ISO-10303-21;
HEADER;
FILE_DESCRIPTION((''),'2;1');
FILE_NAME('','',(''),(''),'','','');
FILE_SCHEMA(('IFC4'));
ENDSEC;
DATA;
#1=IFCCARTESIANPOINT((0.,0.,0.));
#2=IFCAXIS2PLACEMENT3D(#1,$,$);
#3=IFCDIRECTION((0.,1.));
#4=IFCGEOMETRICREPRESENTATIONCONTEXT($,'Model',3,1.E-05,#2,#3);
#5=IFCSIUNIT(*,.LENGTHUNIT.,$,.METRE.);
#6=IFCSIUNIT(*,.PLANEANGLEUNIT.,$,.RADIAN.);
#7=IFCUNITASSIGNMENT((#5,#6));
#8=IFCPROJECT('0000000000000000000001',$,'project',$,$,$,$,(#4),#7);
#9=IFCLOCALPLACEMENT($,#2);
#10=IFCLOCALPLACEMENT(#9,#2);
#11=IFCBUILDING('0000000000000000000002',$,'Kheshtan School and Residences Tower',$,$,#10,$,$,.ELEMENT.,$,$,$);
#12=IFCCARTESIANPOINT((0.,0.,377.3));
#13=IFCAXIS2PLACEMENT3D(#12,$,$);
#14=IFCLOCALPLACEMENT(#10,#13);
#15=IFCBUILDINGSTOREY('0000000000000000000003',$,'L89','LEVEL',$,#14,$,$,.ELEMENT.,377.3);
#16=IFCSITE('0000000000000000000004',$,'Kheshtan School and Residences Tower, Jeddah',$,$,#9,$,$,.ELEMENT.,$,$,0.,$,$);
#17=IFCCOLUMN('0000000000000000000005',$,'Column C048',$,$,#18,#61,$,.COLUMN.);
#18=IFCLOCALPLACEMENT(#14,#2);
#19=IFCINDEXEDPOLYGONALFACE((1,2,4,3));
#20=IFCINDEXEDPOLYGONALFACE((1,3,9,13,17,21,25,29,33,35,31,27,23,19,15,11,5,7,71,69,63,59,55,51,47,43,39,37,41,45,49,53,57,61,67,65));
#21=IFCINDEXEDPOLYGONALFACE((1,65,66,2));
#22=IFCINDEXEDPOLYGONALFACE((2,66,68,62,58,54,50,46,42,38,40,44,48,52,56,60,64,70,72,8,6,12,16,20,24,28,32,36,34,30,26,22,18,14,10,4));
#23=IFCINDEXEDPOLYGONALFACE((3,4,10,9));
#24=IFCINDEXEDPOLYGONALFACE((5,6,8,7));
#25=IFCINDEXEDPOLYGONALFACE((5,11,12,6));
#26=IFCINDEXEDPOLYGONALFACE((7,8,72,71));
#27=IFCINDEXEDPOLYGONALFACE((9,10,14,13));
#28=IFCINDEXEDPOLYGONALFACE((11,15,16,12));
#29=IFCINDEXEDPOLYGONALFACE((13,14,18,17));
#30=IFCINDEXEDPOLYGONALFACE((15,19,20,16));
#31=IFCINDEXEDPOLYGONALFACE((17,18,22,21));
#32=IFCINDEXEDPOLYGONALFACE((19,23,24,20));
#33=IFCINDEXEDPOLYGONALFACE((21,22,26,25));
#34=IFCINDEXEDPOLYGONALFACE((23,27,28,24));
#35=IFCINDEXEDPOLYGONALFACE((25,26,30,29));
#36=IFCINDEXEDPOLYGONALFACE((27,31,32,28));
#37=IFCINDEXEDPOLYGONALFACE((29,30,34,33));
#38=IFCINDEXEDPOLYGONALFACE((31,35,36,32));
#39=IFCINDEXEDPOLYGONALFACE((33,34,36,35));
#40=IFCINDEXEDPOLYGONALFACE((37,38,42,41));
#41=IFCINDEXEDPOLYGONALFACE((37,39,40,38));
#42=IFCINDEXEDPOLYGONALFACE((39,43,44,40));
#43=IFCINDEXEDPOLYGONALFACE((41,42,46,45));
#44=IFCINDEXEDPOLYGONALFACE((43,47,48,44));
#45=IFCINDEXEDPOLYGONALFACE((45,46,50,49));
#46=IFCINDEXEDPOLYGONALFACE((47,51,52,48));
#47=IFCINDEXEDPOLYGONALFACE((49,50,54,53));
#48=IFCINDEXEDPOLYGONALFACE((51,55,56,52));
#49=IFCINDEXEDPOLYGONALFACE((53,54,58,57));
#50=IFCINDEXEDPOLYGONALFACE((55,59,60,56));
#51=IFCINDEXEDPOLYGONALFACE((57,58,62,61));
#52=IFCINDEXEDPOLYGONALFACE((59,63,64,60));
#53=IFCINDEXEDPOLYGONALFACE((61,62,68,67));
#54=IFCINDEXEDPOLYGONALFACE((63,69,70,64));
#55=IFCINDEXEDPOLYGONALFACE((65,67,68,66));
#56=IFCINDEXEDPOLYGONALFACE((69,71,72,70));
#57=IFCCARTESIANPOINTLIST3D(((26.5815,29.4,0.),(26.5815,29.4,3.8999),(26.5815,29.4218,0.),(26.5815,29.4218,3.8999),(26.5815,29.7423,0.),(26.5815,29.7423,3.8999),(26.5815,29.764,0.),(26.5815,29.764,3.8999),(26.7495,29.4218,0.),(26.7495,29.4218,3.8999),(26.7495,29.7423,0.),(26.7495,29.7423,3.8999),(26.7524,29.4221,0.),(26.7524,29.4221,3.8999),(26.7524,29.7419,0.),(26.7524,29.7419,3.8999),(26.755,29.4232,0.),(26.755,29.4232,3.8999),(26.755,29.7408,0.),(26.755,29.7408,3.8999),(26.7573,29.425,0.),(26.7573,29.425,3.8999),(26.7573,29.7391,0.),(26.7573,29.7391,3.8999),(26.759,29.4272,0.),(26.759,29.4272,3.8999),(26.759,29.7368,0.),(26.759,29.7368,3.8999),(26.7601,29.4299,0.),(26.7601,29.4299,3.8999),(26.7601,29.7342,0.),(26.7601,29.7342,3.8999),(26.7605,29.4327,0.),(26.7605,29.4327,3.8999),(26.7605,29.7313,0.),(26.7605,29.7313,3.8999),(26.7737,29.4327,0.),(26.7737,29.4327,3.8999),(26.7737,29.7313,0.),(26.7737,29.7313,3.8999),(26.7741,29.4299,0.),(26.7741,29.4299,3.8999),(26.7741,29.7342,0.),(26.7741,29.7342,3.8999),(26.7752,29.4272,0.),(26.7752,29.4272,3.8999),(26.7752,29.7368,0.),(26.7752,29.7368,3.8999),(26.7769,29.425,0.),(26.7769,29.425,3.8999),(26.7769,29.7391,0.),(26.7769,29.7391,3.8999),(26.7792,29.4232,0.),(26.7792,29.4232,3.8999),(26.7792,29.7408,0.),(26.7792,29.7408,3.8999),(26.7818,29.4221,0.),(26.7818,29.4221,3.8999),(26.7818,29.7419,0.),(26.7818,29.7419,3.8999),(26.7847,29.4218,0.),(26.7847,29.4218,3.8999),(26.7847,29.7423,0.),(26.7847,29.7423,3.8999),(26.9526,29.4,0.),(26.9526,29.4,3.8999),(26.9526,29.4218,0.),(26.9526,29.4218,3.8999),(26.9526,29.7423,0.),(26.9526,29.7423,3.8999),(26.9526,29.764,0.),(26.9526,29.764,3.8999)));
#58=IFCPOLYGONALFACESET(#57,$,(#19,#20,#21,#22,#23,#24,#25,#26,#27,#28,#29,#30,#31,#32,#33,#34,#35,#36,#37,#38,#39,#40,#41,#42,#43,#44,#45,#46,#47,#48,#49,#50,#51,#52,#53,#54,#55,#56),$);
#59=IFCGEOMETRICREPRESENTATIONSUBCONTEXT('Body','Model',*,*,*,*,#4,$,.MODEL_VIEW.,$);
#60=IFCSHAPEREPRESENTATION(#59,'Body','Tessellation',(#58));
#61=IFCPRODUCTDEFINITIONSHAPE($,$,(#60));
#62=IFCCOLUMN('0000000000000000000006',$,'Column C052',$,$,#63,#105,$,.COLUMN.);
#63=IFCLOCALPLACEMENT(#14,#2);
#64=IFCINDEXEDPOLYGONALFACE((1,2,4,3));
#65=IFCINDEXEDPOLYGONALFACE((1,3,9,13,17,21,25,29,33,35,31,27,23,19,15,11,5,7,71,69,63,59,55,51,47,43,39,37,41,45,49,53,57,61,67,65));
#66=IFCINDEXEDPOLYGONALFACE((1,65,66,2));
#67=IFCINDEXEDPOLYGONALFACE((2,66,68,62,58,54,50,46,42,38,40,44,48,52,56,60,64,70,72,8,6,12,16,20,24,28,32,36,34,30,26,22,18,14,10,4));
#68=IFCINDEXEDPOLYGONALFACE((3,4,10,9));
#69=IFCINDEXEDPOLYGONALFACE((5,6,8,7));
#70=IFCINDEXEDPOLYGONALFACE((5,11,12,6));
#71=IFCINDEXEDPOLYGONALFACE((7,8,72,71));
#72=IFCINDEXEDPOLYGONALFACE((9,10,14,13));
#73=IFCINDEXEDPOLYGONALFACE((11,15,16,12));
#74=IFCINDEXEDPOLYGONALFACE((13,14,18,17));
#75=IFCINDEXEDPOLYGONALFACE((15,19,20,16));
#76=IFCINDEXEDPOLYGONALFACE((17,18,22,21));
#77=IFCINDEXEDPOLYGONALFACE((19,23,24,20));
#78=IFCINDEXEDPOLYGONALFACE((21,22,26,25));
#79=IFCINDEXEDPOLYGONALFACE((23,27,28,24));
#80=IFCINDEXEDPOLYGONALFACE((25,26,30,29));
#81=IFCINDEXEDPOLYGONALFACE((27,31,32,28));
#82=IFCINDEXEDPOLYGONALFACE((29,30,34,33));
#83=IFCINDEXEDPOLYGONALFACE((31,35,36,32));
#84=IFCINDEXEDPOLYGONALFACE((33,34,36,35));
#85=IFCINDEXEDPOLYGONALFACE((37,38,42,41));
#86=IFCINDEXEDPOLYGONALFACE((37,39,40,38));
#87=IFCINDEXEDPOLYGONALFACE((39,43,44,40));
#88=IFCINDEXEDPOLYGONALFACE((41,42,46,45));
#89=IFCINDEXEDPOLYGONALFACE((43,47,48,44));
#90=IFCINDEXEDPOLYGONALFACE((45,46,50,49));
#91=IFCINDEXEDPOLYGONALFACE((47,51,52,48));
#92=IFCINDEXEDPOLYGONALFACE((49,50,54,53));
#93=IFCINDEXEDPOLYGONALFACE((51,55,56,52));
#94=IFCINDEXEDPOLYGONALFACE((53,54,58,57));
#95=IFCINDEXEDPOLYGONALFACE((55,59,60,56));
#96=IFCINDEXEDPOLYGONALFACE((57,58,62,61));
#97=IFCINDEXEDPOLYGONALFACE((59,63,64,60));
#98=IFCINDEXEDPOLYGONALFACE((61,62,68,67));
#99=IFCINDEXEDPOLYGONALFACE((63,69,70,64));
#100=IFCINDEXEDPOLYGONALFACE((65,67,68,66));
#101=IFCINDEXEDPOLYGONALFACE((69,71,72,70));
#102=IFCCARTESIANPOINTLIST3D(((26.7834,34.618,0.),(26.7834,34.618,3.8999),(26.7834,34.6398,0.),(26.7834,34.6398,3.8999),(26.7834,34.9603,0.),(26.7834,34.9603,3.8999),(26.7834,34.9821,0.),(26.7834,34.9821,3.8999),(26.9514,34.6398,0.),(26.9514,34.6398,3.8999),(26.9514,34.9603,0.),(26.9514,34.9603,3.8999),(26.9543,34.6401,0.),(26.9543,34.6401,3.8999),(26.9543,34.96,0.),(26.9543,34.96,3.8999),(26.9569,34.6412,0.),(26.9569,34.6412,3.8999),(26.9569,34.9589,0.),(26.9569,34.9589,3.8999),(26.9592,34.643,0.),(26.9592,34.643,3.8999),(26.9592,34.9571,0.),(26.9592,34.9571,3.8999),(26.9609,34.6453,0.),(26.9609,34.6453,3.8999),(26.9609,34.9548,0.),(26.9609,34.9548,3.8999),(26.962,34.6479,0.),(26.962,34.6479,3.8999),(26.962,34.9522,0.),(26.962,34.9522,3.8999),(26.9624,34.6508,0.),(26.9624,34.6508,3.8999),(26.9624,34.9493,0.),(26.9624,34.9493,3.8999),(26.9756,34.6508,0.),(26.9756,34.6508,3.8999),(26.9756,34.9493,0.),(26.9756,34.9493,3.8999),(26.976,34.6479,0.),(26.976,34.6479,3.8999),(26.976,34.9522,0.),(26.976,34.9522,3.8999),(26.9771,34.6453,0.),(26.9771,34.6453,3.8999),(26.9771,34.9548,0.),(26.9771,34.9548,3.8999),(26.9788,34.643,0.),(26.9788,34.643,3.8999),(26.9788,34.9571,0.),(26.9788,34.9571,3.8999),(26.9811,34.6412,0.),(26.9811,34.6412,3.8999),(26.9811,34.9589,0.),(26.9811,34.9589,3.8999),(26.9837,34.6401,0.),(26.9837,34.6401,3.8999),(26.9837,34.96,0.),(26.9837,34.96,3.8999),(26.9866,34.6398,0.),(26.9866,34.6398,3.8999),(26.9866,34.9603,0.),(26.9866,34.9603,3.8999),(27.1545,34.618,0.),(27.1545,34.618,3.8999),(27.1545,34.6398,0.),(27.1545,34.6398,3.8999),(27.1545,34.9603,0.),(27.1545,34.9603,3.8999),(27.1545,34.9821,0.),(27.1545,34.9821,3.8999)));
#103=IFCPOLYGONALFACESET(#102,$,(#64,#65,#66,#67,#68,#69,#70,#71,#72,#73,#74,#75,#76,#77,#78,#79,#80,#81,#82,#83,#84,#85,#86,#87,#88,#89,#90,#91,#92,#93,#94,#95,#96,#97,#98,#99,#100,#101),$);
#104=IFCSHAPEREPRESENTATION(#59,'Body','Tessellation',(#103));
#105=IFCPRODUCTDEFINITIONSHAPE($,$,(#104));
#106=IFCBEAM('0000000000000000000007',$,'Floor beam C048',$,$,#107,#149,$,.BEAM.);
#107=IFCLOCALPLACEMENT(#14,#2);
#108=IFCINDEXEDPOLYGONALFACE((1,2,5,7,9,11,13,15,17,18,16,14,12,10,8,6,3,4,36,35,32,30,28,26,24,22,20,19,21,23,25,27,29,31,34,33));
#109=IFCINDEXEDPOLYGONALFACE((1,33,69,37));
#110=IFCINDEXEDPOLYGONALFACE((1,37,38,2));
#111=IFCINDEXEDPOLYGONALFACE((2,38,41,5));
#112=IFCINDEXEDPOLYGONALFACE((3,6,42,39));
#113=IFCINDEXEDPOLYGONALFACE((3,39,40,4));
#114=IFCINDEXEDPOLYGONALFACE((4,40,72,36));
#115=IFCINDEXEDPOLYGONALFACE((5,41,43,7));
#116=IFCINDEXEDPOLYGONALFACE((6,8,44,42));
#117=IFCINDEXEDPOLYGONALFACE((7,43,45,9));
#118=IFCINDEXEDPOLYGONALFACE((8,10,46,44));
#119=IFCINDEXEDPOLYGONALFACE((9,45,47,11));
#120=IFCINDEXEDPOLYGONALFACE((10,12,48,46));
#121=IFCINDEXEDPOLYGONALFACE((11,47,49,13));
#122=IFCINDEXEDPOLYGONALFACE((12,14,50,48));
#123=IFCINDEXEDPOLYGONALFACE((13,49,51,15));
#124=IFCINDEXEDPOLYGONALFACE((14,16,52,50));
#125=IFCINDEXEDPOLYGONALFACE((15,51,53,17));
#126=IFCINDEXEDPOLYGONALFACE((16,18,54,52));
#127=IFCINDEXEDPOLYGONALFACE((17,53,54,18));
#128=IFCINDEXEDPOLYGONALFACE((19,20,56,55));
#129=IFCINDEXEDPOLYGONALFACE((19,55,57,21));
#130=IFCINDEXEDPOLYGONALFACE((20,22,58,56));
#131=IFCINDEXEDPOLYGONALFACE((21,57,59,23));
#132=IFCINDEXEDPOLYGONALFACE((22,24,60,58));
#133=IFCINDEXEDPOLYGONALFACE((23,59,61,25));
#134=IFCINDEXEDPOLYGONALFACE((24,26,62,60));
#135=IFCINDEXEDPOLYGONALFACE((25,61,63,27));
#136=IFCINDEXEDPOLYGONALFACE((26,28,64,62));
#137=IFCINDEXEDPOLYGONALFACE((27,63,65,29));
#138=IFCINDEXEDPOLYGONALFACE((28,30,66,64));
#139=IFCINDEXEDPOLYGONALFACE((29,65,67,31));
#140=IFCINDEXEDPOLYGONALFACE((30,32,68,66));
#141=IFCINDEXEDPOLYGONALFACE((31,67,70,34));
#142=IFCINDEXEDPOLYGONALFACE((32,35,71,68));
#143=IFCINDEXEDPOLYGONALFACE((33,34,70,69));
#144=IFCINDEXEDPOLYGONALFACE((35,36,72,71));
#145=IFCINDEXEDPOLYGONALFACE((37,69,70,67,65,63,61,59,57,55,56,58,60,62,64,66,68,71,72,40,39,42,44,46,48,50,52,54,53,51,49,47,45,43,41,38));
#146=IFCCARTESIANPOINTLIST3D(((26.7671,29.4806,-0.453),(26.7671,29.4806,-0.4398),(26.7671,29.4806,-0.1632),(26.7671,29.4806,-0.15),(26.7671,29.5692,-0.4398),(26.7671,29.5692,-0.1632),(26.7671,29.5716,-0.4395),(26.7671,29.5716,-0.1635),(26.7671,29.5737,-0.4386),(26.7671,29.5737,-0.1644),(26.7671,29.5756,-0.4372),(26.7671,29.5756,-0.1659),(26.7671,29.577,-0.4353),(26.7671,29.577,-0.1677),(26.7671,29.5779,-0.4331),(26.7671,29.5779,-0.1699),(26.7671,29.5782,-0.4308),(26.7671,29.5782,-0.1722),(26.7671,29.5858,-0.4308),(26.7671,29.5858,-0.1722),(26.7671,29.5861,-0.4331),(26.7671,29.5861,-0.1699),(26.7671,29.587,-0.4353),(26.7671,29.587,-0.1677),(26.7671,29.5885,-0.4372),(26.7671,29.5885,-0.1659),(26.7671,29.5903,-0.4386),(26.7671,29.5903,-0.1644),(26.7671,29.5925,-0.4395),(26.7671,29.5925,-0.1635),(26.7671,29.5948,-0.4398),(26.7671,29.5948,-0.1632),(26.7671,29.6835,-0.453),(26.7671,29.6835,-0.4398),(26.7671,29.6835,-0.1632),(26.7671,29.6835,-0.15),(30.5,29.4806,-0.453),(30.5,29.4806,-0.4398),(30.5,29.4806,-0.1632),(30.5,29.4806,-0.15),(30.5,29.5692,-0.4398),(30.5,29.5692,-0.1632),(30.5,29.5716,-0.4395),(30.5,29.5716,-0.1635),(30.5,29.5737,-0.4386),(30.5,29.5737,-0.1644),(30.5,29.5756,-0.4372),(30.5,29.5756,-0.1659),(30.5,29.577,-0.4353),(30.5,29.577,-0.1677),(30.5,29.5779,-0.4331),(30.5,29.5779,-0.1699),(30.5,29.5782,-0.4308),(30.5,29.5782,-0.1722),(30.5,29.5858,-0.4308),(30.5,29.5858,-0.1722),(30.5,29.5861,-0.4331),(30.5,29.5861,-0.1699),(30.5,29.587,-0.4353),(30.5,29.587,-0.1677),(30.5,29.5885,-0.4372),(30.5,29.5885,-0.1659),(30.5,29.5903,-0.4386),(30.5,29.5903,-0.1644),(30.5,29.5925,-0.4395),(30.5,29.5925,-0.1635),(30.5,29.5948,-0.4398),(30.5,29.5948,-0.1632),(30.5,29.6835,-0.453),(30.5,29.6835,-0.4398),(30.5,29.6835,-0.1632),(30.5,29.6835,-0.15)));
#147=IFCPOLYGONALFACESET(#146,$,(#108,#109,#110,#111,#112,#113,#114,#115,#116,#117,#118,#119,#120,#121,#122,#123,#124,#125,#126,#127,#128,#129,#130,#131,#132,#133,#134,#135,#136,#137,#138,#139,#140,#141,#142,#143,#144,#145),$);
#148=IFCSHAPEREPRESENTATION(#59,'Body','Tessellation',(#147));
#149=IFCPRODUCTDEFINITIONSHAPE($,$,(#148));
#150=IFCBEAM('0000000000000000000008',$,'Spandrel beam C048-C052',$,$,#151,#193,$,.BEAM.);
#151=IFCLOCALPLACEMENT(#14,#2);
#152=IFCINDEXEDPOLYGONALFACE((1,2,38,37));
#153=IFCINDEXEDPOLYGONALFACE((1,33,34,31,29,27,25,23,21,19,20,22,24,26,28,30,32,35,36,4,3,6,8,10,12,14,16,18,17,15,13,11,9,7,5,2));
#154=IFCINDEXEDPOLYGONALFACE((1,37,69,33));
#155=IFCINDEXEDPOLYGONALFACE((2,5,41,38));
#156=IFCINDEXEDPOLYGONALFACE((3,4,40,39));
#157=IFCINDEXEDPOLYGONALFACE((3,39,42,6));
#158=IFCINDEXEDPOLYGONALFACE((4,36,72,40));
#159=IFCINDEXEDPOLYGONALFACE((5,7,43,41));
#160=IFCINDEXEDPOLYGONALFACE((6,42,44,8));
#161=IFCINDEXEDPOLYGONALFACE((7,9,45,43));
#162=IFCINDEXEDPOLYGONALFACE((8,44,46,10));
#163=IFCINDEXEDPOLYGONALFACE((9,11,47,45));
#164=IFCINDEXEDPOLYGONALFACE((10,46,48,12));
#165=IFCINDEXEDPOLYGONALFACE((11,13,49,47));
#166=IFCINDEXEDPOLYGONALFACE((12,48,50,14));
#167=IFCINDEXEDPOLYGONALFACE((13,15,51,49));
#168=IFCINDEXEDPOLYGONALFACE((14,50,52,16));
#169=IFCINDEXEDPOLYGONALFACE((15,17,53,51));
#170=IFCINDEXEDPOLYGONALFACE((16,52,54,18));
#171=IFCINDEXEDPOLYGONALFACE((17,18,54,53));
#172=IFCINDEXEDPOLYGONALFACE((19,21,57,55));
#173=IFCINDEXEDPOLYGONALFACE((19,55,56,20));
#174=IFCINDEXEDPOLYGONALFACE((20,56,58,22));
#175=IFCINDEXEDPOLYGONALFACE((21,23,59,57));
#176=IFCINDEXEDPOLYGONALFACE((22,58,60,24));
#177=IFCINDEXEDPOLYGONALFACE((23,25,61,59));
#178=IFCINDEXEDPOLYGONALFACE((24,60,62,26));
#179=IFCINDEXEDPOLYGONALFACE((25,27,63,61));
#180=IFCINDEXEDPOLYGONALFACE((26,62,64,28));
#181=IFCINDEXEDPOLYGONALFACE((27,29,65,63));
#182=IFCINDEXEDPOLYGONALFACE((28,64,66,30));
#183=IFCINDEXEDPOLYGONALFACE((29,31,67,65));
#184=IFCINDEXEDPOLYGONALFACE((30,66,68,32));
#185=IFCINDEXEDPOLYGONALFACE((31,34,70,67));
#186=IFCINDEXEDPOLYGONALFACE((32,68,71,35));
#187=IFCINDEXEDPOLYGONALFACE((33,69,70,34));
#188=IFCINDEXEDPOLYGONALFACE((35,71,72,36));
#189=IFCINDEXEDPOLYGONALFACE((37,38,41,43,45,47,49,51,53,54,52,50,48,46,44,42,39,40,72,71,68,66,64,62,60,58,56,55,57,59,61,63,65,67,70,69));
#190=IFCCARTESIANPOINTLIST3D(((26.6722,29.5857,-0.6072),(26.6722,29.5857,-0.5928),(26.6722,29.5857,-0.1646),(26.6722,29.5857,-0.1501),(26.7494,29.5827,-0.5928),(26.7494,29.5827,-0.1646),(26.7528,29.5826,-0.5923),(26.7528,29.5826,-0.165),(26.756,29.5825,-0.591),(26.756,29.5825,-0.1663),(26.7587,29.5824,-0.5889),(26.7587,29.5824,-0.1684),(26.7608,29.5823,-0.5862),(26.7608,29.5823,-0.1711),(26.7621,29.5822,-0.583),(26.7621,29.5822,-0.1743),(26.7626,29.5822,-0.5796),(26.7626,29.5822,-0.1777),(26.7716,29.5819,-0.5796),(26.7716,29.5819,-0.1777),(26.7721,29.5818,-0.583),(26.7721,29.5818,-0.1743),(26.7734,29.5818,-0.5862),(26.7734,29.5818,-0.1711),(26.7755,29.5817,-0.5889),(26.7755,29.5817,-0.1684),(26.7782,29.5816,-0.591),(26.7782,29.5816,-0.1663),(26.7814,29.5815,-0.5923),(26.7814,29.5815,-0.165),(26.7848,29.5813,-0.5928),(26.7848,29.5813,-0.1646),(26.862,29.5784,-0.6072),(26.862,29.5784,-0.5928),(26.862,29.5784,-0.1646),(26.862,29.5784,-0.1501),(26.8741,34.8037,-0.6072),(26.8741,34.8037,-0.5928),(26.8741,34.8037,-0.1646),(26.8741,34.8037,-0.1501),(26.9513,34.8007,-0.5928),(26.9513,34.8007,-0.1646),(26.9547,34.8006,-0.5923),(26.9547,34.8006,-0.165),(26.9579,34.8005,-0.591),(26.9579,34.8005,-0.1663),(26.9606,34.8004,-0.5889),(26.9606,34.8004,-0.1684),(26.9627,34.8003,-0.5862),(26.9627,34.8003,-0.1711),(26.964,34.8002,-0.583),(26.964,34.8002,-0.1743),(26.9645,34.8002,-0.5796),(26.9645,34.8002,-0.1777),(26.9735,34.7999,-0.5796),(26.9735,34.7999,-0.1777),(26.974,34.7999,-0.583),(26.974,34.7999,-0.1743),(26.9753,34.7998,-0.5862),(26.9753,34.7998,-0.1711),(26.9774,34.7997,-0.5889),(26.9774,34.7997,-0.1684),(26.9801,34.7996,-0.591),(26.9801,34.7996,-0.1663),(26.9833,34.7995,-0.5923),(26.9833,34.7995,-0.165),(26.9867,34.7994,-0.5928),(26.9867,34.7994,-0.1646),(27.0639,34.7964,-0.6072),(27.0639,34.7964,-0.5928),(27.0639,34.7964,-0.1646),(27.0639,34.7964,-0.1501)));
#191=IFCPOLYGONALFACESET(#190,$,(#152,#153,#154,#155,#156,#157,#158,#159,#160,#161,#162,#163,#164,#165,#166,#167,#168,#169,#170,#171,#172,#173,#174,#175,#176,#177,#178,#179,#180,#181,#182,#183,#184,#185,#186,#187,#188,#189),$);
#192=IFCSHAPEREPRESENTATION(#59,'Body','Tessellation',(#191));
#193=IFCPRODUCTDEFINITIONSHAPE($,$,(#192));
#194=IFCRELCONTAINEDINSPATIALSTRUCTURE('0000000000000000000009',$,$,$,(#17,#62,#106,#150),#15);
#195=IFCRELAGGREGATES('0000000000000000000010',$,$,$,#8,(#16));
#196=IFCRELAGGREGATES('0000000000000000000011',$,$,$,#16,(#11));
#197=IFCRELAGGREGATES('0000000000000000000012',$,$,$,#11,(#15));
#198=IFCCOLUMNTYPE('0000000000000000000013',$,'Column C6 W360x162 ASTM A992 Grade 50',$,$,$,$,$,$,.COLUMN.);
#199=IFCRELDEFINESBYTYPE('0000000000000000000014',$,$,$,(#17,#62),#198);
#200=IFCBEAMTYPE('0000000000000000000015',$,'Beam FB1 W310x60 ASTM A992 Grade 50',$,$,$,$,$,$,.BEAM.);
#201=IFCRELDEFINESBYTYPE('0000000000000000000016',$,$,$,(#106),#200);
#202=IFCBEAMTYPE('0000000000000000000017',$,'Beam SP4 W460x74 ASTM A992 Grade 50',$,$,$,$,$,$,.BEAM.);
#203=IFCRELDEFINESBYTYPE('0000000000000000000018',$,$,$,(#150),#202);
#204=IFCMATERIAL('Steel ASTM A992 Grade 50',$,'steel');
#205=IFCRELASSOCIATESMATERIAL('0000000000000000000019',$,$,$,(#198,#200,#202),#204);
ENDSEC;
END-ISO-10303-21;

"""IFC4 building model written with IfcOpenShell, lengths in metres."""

from ifc_helpers import new_model, si_unit, direction, frame, origin, origin_2d, place, context, subcontext, project, spatial, i_section, extrude, material, material_profile, profile_set, type_object, element, save


model = new_model("IFC4")

# Units and contexts
model_context = context("Model", 3, precision=1e-05, world=origin(), true_north=direction((0.0, 1.0)))
body_context = subcontext(model_context, "Body", "Model", "MODEL_VIEW")
ifc_project = project(units=[si_unit("LENGTHUNIT", "METRE"), si_unit("PLANEANGLEUNIT", "RADIAN")], contexts=[model_context])

# Site, building, storey
site_placement = place(None, origin())
site = spatial("IfcSite", under=ifc_project, at=site_placement, Name="Kheshtan School and Residences Tower, Jeddah", CompositionType="ELEMENT", RefElevation=0.0)
building_placement = place(site_placement, origin())
building = spatial("IfcBuilding", under=site, at=building_placement, Name="Kheshtan School and Residences Tower", CompositionType="ELEMENT")
storey_placement = place(building_placement, frame((0.0, 0.0, 377.3)))
storey = spatial("IfcBuildingStorey", under=building, at=storey_placement, Name="L89", Description="LEVEL", CompositionType="ELEMENT", Elevation=377.3)

# Columns
ifc_material_1 = material(Name="Steel ASTM A992 Grade 50", Category="steel")
ifc_material_profile_1 = material_profile(ifc_material_1, i_section(OverallWidth=0.3711, OverallDepth=0.364, WebThickness=0.0132, FlangeThickness=0.0217, FilletRadius=0.011, at=origin_2d()), Name="W360x162")
ifc_profile_set_1 = profile_set([ifc_material_profile_1], Name="Steel ASTM A992 Grade 50")
column_type = type_object("IfcColumnType", Name="Column C6 W360x162 ASTM A992 Grade 50", PredefinedType="COLUMN", material=ifc_profile_set_1)
for number, where, z_axis, x_axis, name in (
    (1, (26.7671, 29.582, 0.0), (0.0, 0.0, 1.0), (1.0, 0.0, 0.0), "Column C048"),
    (2, (26.969, 34.8, 0.0), (0.0, 0.0, 1.0), (1.0, 0.0, 0.0), "Column C052"),
):
    element("IfcColumn", number, at=place(storey_placement, frame(where, z_axis=z_axis, x_axis=x_axis)), inside=storey, type_object=column_type, Name=name, PredefinedType="COLUMN", context=body_context, shape_type="SweptSolid", body=[
        extrude(i_section(OverallWidth=0.3711, OverallDepth=0.364, WebThickness=0.0132, FlangeThickness=0.0217, FilletRadius=0.011, at=origin_2d()), origin(), (0.0, 0.0, 1.0), 3.8999),
    ])

# Beams
ifc_material_profile_2 = material_profile(ifc_material_1, i_section(OverallWidth=0.2029, OverallDepth=0.303, WebThickness=0.0076, FlangeThickness=0.0132, FilletRadius=0.009, at=origin_2d()), Name="W310x60")
ifc_profile_set_2 = profile_set([ifc_material_profile_2], Name="Steel ASTM A992 Grade 50")
beam_type_1 = type_object("IfcBeamType", Name="Beam FB1 W310x60 ASTM A992 Grade 50", PredefinedType="BEAM", material=ifc_profile_set_2)
beam_1_placement = place(storey_placement, frame((26.7671, 29.582, -0.3015), z_axis=(1.0, 0.0, 0.0), x_axis=(0.0, 1.0, 0.0)))
element("IfcBeam", 3, at=beam_1_placement, inside=storey, type_object=beam_type_1, Name="Floor beam C048", PredefinedType="BEAM", context=body_context, shape_type="SweptSolid", body=[
    extrude(i_section(OverallWidth=0.2029, OverallDepth=0.303, WebThickness=0.0076, FlangeThickness=0.0132, FilletRadius=0.009, at=origin_2d()), origin(), (0.0, 0.0, 1.0), 3.7329),
])
ifc_material_profile_3 = material_profile(ifc_material_1, i_section(OverallWidth=0.1899, OverallDepth=0.457, WebThickness=0.009, FlangeThickness=0.0144, FilletRadius=0.0132, at=origin_2d()), Name="W460x74")
ifc_profile_set_3 = profile_set([ifc_material_profile_3], Name="Steel ASTM A992 Grade 50")
beam_type_2 = type_object("IfcBeamType", Name="Beam SP4 W460x74 ASTM A992 Grade 50", PredefinedType="BEAM", material=ifc_profile_set_3)
beam_2_placement = place(storey_placement, frame((26.7671, 29.582, -0.3787), z_axis=(0.038665, 0.999252, 0.0), x_axis=(-0.999252, 0.038665, 0.0)))
element("IfcBeam", 4, at=beam_2_placement, inside=storey, type_object=beam_type_2, Name="Spandrel beam C048-C052", PredefinedType="BEAM", context=body_context, shape_type="SweptSolid", body=[
    extrude(i_section(OverallWidth=0.1899, OverallDepth=0.457, WebThickness=0.009, FlangeThickness=0.0144, FilletRadius=0.0132, at=origin_2d()), origin(), (0.0, 0.0, 1.0), 5.2219),
])

save(model, "model.ifc")
